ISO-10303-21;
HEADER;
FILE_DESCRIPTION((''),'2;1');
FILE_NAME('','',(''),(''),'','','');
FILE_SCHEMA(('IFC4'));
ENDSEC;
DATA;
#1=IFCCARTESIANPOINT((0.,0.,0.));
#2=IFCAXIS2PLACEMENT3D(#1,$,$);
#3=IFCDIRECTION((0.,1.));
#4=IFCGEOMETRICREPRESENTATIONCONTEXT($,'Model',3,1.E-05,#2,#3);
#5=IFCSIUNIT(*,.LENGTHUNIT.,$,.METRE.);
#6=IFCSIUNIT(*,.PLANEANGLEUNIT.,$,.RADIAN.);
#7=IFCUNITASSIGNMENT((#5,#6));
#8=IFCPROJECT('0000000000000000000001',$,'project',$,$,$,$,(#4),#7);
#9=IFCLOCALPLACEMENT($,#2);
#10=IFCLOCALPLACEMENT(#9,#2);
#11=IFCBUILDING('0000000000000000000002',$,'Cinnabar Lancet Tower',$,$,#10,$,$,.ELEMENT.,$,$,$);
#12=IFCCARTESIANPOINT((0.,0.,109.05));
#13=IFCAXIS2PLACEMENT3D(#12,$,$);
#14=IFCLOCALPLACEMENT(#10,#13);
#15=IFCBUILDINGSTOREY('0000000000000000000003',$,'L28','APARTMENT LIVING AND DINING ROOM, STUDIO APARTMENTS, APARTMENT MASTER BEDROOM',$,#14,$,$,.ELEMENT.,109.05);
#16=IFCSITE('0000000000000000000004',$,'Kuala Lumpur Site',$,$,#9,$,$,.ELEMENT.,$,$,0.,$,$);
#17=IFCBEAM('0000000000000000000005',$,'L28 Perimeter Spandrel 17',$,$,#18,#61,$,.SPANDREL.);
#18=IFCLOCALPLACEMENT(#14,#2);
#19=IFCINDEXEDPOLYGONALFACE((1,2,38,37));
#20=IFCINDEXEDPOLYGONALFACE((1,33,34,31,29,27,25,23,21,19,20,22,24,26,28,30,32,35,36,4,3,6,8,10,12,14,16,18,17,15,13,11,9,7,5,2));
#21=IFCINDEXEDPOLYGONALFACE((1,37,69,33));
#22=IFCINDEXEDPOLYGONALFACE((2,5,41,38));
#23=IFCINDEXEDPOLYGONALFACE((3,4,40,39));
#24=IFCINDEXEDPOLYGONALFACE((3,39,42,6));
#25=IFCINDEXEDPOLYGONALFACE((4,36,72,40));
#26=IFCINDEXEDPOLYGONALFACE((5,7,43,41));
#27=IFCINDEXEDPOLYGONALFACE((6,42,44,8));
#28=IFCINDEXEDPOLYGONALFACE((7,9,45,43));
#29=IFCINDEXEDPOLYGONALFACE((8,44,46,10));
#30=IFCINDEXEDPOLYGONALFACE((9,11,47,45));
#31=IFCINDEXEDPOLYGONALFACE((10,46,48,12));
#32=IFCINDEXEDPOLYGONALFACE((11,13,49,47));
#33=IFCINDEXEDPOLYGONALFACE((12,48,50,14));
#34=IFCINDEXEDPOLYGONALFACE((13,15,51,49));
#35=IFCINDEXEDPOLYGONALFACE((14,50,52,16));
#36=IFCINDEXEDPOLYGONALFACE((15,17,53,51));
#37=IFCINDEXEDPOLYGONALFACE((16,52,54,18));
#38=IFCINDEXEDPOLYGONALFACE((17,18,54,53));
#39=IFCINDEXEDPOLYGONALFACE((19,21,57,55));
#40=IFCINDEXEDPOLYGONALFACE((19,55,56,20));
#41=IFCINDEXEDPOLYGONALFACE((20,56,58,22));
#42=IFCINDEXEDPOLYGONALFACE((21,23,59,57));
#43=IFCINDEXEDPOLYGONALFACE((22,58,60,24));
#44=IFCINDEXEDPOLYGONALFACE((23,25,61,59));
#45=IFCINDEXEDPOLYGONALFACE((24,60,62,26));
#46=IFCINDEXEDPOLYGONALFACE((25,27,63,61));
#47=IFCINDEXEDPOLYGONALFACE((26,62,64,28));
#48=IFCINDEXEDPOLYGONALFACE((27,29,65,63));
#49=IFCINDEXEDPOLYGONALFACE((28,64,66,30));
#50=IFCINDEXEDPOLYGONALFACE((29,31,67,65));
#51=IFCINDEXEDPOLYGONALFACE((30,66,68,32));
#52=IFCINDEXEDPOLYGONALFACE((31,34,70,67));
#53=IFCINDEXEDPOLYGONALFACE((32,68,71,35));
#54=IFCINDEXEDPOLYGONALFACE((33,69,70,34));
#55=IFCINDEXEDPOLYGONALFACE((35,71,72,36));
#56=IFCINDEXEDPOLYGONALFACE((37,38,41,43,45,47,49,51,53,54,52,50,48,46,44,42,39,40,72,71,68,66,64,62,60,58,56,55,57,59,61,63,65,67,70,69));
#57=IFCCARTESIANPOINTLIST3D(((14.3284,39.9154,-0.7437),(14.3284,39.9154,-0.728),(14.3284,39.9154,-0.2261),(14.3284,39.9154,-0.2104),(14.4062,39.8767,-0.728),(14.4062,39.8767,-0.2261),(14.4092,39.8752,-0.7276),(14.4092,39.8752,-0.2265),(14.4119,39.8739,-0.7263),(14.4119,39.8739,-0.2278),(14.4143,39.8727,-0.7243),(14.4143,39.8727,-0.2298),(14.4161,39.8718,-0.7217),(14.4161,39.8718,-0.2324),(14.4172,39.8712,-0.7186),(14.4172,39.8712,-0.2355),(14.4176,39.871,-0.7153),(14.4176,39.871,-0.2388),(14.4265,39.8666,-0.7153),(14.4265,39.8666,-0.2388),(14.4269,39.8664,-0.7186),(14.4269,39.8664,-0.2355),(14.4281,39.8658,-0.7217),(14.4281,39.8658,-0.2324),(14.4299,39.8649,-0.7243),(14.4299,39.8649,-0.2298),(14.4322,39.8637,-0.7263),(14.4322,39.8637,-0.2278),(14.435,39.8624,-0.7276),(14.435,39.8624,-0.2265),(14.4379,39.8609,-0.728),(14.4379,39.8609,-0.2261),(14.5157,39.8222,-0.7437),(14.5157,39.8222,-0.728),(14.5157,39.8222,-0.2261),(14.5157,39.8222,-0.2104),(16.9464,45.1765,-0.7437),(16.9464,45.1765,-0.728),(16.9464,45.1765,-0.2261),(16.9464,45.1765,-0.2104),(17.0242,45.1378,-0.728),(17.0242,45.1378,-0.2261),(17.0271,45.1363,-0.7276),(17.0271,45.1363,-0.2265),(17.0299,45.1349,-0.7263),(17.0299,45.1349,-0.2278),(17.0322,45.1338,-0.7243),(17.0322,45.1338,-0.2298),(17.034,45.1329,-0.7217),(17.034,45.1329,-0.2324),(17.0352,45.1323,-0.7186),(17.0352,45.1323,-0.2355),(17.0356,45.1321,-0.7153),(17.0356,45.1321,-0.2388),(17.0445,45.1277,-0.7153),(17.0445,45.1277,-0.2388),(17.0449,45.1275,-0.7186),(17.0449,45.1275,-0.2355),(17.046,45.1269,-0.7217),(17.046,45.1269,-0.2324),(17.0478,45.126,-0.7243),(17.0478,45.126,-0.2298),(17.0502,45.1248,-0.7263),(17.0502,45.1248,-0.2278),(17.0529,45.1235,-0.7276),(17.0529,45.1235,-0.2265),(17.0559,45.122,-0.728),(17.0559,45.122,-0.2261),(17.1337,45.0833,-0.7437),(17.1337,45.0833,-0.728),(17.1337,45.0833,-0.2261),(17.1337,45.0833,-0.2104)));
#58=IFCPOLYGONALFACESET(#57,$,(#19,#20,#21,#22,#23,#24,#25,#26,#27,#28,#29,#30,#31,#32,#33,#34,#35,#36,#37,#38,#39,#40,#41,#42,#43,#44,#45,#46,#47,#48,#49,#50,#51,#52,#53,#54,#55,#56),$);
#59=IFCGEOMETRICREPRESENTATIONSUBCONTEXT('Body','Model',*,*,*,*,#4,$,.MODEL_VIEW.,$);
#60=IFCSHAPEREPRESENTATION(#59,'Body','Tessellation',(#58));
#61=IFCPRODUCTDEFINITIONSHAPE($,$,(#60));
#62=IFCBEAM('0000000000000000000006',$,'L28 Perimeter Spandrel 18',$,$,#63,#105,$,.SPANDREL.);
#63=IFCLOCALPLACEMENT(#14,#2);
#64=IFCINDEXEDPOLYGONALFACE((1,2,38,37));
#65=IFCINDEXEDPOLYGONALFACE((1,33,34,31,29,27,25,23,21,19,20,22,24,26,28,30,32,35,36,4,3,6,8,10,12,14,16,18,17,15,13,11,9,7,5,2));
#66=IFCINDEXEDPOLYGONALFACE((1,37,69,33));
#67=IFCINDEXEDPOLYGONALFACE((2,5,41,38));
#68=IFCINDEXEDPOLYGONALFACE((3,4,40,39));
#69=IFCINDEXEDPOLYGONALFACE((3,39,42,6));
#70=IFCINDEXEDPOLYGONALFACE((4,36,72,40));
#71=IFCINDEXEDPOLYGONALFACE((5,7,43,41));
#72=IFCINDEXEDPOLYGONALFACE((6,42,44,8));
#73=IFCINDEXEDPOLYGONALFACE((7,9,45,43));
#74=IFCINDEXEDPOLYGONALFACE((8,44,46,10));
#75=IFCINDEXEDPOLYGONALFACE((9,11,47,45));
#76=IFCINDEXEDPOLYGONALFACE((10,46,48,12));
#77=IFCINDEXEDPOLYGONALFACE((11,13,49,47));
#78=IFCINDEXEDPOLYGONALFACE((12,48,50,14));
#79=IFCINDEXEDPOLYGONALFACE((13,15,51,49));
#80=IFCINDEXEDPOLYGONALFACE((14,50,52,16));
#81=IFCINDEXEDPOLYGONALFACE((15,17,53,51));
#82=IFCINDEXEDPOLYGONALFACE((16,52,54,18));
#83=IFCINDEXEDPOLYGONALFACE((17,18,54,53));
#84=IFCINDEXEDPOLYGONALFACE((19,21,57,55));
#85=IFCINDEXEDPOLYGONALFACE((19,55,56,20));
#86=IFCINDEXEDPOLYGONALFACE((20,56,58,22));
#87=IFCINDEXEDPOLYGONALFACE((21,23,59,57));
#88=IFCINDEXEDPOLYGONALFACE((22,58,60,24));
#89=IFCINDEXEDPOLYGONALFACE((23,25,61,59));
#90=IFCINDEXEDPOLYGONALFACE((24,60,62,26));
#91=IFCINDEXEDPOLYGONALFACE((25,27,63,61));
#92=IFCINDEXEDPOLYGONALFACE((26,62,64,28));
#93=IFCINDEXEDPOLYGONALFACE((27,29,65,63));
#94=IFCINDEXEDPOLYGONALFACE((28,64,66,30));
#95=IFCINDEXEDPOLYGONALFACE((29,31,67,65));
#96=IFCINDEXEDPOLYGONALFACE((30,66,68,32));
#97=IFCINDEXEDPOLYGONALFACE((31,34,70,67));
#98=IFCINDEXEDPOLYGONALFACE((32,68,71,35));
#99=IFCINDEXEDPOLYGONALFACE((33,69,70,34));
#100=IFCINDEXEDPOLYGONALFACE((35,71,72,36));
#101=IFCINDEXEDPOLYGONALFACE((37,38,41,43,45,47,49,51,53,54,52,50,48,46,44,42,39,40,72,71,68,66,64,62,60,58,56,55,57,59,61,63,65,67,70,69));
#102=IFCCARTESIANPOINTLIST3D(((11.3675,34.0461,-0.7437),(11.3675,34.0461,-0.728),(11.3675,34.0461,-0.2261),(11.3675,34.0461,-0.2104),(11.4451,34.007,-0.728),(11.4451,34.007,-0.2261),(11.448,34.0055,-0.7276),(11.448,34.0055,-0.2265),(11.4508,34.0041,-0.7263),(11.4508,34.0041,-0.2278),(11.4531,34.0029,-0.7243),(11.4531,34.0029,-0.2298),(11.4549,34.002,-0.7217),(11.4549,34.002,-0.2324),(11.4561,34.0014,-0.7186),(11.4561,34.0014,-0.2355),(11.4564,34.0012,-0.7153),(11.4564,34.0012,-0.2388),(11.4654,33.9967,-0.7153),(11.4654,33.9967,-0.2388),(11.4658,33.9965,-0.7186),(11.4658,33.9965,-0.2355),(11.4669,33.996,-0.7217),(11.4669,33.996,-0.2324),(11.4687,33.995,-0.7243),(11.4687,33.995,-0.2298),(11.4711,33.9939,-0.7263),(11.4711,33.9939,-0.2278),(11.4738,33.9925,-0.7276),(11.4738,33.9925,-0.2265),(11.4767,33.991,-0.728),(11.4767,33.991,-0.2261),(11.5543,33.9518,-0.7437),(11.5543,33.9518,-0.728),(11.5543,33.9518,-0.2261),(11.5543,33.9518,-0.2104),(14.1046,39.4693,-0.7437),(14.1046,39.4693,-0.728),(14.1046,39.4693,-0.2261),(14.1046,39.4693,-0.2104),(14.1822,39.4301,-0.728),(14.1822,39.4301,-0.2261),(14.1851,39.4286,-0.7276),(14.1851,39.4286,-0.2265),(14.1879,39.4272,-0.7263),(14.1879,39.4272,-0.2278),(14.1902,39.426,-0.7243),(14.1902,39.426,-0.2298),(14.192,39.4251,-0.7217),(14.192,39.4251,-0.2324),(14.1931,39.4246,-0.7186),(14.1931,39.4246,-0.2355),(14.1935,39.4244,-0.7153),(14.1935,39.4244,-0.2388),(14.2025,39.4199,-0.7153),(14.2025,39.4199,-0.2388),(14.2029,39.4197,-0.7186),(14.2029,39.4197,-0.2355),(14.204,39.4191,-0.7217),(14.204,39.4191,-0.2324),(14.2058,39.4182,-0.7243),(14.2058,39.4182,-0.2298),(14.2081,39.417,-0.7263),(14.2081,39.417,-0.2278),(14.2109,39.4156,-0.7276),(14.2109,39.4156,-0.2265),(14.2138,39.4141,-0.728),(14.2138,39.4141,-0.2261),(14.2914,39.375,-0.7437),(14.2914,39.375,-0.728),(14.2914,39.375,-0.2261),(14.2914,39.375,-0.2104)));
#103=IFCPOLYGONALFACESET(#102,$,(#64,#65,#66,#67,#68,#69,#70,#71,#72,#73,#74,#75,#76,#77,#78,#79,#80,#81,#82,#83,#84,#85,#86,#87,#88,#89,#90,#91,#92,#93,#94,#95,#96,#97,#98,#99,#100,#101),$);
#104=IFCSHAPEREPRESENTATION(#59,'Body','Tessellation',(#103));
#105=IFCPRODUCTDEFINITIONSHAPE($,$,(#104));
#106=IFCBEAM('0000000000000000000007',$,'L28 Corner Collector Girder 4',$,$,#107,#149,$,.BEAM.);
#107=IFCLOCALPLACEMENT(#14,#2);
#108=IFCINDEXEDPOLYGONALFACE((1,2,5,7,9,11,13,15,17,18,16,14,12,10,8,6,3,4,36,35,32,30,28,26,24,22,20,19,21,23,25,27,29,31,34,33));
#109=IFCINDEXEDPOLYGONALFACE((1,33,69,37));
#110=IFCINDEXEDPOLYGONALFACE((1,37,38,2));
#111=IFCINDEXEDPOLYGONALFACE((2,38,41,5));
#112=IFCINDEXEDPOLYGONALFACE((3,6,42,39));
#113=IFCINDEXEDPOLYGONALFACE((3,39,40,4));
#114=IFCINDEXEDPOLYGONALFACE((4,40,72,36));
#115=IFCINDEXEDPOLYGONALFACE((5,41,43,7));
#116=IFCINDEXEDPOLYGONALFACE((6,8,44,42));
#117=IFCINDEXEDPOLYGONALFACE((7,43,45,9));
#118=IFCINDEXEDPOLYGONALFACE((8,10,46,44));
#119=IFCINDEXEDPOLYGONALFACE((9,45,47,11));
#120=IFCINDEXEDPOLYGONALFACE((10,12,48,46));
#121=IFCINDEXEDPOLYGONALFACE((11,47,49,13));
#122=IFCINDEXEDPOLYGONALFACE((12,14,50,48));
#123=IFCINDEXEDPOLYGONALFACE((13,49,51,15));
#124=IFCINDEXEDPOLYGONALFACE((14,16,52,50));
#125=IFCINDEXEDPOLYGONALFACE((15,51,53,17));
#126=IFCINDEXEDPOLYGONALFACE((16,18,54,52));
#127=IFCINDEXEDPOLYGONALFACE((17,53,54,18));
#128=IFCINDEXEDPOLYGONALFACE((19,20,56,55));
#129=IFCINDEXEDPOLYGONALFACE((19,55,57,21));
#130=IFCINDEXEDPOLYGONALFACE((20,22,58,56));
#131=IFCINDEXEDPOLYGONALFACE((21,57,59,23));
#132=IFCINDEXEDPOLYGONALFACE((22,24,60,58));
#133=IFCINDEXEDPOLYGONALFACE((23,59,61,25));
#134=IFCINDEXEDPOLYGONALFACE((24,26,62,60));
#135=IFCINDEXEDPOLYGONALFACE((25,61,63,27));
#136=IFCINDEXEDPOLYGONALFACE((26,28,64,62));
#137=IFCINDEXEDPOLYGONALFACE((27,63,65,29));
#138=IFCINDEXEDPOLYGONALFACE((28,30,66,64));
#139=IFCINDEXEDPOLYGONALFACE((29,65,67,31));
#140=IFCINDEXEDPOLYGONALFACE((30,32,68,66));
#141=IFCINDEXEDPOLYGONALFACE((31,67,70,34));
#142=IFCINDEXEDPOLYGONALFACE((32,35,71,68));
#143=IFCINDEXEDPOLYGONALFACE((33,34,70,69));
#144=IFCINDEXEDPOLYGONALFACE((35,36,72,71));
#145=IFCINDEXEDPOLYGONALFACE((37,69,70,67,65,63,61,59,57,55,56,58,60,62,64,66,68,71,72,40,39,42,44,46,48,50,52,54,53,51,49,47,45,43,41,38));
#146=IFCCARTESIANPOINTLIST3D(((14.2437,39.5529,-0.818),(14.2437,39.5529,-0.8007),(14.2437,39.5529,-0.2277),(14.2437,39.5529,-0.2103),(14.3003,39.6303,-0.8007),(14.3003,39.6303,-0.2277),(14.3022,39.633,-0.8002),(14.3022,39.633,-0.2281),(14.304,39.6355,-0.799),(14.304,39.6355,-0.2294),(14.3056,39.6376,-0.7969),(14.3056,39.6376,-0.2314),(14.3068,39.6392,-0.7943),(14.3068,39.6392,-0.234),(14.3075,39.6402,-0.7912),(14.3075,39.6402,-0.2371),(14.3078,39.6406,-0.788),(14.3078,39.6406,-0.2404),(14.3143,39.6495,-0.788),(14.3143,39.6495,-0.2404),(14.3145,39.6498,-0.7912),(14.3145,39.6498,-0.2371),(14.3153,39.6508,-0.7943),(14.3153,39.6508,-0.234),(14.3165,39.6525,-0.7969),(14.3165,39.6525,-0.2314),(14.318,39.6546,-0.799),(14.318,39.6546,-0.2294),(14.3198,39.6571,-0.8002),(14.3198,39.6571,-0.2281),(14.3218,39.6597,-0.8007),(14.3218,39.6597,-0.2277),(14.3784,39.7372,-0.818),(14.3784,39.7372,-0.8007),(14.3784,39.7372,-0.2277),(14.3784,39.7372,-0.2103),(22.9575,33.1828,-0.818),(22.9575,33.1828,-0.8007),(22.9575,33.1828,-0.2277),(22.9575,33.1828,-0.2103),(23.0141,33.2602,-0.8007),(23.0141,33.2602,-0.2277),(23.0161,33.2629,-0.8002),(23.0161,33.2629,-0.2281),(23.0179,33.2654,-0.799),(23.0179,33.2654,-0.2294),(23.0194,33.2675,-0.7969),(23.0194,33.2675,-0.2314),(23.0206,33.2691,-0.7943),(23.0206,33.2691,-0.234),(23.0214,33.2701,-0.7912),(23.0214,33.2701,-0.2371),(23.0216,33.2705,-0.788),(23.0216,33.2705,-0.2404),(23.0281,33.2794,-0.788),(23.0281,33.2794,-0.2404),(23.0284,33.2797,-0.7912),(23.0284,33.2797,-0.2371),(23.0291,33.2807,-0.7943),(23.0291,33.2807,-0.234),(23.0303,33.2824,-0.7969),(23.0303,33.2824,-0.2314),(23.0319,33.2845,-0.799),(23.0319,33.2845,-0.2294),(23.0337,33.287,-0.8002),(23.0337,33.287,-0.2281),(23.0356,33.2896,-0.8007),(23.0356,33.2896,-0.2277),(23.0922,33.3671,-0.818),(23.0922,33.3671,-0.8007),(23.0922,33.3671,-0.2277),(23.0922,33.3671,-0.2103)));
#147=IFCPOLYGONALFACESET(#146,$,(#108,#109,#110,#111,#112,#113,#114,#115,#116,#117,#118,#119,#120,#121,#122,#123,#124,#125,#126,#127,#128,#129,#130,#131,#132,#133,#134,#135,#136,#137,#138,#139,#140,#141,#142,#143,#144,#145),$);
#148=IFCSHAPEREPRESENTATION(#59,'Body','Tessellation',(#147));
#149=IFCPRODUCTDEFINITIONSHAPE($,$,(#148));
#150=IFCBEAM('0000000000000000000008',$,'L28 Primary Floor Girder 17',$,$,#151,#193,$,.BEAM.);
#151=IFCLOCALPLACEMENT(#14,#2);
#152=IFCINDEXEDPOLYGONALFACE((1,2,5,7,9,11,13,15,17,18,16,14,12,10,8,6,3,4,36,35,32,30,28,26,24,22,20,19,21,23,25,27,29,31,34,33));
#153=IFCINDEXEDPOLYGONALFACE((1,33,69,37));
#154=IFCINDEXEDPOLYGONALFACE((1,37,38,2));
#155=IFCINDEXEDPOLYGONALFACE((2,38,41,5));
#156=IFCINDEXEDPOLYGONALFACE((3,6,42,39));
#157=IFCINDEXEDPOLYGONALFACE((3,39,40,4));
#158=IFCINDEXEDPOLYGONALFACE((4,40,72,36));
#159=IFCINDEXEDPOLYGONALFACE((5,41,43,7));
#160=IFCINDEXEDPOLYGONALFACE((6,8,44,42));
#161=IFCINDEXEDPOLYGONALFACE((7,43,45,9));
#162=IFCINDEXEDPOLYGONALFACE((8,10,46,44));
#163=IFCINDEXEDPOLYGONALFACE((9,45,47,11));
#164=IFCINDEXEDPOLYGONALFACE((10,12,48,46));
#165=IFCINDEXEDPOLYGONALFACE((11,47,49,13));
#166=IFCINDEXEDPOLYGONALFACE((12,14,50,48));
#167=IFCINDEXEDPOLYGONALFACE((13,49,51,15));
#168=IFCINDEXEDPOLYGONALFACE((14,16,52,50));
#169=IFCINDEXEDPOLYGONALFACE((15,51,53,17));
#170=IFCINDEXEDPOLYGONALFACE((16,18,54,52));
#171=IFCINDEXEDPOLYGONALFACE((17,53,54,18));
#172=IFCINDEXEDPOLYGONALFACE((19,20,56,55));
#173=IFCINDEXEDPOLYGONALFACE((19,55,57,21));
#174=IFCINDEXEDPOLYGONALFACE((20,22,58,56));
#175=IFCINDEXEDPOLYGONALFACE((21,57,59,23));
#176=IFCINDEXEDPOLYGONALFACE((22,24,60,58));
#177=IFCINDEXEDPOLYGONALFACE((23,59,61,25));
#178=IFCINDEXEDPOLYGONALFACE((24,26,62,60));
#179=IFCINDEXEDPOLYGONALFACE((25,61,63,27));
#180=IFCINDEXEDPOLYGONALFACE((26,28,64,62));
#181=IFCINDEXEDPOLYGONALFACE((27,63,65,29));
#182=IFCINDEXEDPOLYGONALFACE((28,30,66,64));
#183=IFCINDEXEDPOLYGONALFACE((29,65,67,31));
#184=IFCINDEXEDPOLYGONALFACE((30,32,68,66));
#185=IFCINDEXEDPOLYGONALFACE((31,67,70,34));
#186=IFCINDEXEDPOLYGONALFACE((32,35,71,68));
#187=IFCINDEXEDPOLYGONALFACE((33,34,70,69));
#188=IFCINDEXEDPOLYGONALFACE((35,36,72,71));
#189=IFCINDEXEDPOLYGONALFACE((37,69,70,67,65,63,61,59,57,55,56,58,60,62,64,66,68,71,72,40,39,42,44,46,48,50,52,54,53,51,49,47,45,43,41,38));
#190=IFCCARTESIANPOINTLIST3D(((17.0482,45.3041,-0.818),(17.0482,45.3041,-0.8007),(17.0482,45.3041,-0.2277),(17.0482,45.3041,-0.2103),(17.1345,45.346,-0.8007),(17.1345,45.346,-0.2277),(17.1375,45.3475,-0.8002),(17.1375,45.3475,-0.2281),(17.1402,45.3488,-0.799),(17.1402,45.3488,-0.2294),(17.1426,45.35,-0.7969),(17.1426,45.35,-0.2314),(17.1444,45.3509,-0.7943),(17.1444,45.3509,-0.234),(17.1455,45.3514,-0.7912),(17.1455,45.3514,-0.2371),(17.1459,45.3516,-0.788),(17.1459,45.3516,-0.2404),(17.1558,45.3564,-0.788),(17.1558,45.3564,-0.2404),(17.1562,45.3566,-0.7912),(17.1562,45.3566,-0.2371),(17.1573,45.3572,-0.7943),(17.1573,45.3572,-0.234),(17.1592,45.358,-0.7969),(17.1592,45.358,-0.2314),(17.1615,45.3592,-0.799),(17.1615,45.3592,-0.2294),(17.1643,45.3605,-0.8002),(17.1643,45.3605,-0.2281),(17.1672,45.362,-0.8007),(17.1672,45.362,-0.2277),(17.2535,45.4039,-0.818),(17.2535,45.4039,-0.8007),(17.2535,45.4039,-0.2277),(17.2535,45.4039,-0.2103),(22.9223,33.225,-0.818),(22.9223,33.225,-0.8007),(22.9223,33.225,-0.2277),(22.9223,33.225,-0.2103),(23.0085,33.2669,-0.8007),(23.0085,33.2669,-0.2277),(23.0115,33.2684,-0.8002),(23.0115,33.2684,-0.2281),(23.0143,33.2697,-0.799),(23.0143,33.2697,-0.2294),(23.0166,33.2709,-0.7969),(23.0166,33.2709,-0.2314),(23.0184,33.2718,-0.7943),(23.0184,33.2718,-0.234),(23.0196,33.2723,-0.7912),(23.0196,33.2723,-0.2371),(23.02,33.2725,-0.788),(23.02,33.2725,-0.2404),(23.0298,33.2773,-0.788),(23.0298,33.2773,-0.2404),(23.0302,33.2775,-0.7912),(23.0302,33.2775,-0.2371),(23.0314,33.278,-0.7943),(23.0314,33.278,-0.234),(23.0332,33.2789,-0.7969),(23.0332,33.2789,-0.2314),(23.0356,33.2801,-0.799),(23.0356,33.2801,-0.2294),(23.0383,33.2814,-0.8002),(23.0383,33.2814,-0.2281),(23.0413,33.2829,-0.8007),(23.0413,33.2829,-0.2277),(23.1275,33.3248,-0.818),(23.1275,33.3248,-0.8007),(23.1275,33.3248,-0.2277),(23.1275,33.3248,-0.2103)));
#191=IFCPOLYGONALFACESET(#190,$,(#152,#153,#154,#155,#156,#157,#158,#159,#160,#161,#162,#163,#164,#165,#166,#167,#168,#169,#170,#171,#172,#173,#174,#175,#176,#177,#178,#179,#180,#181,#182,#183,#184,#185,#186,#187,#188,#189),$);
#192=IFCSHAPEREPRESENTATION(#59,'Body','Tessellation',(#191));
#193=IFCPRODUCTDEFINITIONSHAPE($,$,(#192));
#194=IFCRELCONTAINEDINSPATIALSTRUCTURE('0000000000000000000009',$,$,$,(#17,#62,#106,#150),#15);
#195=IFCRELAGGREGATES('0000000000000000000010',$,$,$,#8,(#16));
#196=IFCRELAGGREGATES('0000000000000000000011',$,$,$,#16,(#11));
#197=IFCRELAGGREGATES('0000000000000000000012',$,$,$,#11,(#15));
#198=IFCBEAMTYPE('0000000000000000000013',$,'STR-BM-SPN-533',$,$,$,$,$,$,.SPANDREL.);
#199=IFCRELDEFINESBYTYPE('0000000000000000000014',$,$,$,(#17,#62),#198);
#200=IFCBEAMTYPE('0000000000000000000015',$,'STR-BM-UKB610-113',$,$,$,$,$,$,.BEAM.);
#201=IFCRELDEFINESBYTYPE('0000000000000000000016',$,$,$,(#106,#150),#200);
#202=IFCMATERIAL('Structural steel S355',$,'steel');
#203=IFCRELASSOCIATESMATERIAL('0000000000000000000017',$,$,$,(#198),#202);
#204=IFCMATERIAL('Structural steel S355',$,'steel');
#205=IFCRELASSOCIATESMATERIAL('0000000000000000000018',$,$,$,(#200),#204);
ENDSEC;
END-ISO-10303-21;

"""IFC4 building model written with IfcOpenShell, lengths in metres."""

from ifc_helpers import new_model, si_unit, direction, frame, origin, origin_2d, place, context, subcontext, project, spatial, i_section, extrude, material, material_profile, profile_set, type_object, element, save


model = new_model("IFC4")

# Units and contexts
model_context = context("Model", 3, precision=1e-05, world=origin(), true_north=direction((0.0, 1.0)))
body_context = subcontext(model_context, "Body", "Model", "MODEL_VIEW")
ifc_project = project(units=[si_unit("LENGTHUNIT", "METRE"), si_unit("PLANEANGLEUNIT", "RADIAN")], contexts=[model_context])

# Site, building, storey
site_placement = place(None, origin())
site = spatial("IfcSite", under=ifc_project, at=site_placement, Name="Kuala Lumpur Site", CompositionType="ELEMENT", RefElevation=0.0)
building_placement = place(site_placement, origin())
building = spatial("IfcBuilding", under=site, at=building_placement, Name="Cinnabar Lancet Tower", CompositionType="ELEMENT")
storey_placement = place(building_placement, frame((0.0, 0.0, 109.05)))
storey = spatial("IfcBuildingStorey", under=building, at=storey_placement, Name="L28", Description="APARTMENT LIVING AND DINING ROOM, STUDIO APARTMENTS, APARTMENT MASTER BEDROOM", CompositionType="ELEMENT", Elevation=109.05)

# Beams
ifc_material_1 = material(Name="Structural steel S355", Category="steel")
ifc_material_profile_1 = material_profile(ifc_material_1, i_section(OverallWidth=0.2092, OverallDepth=0.5332, WebThickness=0.01, FlangeThickness=0.0156, FilletRadius=0.0127, at=origin_2d()), Name="UKB 533x210x92")
ifc_profile_set_1 = profile_set([ifc_material_profile_1], Name="Structural steel S355")
beam_type_1 = type_object("IfcBeamType", Name="STR-BM-SPN-533", PredefinedType="SPANDREL", material=ifc_profile_set_1)
beam_1_placement = place(storey_placement, frame((17.04, 45.1299, -0.4771), z_axis=(-0.445501, -0.895281, 0.0), x_axis=(0.895281, -0.445501, 0.0)))
element("IfcBeam", 1, at=beam_1_placement, inside=storey, type_object=beam_type_1, Name="L28 Perimeter Spandrel 17", PredefinedType="SPANDREL", context=body_context, shape_type="SweptSolid", body=[
    extrude(i_section(OverallWidth=0.2092, OverallDepth=0.5332, WebThickness=0.01, FlangeThickness=0.0156, FilletRadius=0.0127, at=origin_2d()), origin(), (0.0, 0.0, 1.0), 5.8765),
])
beam_2_placement = place(storey_placement, frame((14.198, 39.4221, -0.4771), z_axis=(-0.45057, -0.892741, 0.0), x_axis=(0.892741, -0.45057, 0.0)))
element("IfcBeam", 2, at=beam_2_placement, inside=storey, type_object=beam_type_1, Name="L28 Perimeter Spandrel 18", PredefinedType="SPANDREL", context=body_context, shape_type="SweptSolid", body=[
    extrude(i_section(OverallWidth=0.2092, OverallDepth=0.5332, WebThickness=0.01, FlangeThickness=0.0156, FilletRadius=0.0127, at=origin_2d()), origin(), (0.0, 0.0, 1.0), 6.0747),
])
ifc_material_2 = material(Name="Structural steel S355", Category="steel")
ifc_material_profile_2 = material_profile(ifc_material_2, i_section(OverallWidth=0.2283, OverallDepth=0.6077, WebThickness=0.011, FlangeThickness=0.0173, FilletRadius=0.0127, at=origin_2d()), Name="UKB 610x229x113")
ifc_profile_set_2 = profile_set([ifc_material_profile_2], Name="Structural steel S355")
beam_type_2 = type_object("IfcBeamType", Name="STR-BM-UKB610-113", PredefinedType="BEAM", material=ifc_profile_set_2)
beam_3_placement = place(storey_placement, frame((14.311, 39.645, -0.5142), z_axis=(0.80729, -0.590155, 0.0), x_axis=(0.590155, 0.80729, 0.0)))
element("IfcBeam", 3, at=beam_3_placement, inside=storey, type_object=beam_type_2, Name="L28 Corner Collector Girder 4", PredefinedType="BEAM", context=body_context, shape_type="SweptSolid", body=[
    extrude(i_section(OverallWidth=0.2283, OverallDepth=0.6077, WebThickness=0.011, FlangeThickness=0.0173, FilletRadius=0.0127, at=origin_2d()), origin(), (0.0, 0.0, 1.0), 10.7939),
])
beam_4_placement = place(storey_placement, frame((17.1509, 45.354, -0.5142), z_axis=(0.437327, -0.899302, 0.0), x_axis=(0.899302, 0.437327, 0.0)))
element("IfcBeam", 4, at=beam_4_placement, inside=storey, type_object=beam_type_2, Name="L28 Primary Floor Girder 17", PredefinedType="BEAM", context=body_context, shape_type="SweptSolid", body=[
    extrude(i_section(OverallWidth=0.2283, OverallDepth=0.6077, WebThickness=0.011, FlangeThickness=0.0173, FilletRadius=0.0127, at=origin_2d()), origin(), (0.0, 0.0, 1.0), 13.4316),
])

save(model, "model.ifc")
